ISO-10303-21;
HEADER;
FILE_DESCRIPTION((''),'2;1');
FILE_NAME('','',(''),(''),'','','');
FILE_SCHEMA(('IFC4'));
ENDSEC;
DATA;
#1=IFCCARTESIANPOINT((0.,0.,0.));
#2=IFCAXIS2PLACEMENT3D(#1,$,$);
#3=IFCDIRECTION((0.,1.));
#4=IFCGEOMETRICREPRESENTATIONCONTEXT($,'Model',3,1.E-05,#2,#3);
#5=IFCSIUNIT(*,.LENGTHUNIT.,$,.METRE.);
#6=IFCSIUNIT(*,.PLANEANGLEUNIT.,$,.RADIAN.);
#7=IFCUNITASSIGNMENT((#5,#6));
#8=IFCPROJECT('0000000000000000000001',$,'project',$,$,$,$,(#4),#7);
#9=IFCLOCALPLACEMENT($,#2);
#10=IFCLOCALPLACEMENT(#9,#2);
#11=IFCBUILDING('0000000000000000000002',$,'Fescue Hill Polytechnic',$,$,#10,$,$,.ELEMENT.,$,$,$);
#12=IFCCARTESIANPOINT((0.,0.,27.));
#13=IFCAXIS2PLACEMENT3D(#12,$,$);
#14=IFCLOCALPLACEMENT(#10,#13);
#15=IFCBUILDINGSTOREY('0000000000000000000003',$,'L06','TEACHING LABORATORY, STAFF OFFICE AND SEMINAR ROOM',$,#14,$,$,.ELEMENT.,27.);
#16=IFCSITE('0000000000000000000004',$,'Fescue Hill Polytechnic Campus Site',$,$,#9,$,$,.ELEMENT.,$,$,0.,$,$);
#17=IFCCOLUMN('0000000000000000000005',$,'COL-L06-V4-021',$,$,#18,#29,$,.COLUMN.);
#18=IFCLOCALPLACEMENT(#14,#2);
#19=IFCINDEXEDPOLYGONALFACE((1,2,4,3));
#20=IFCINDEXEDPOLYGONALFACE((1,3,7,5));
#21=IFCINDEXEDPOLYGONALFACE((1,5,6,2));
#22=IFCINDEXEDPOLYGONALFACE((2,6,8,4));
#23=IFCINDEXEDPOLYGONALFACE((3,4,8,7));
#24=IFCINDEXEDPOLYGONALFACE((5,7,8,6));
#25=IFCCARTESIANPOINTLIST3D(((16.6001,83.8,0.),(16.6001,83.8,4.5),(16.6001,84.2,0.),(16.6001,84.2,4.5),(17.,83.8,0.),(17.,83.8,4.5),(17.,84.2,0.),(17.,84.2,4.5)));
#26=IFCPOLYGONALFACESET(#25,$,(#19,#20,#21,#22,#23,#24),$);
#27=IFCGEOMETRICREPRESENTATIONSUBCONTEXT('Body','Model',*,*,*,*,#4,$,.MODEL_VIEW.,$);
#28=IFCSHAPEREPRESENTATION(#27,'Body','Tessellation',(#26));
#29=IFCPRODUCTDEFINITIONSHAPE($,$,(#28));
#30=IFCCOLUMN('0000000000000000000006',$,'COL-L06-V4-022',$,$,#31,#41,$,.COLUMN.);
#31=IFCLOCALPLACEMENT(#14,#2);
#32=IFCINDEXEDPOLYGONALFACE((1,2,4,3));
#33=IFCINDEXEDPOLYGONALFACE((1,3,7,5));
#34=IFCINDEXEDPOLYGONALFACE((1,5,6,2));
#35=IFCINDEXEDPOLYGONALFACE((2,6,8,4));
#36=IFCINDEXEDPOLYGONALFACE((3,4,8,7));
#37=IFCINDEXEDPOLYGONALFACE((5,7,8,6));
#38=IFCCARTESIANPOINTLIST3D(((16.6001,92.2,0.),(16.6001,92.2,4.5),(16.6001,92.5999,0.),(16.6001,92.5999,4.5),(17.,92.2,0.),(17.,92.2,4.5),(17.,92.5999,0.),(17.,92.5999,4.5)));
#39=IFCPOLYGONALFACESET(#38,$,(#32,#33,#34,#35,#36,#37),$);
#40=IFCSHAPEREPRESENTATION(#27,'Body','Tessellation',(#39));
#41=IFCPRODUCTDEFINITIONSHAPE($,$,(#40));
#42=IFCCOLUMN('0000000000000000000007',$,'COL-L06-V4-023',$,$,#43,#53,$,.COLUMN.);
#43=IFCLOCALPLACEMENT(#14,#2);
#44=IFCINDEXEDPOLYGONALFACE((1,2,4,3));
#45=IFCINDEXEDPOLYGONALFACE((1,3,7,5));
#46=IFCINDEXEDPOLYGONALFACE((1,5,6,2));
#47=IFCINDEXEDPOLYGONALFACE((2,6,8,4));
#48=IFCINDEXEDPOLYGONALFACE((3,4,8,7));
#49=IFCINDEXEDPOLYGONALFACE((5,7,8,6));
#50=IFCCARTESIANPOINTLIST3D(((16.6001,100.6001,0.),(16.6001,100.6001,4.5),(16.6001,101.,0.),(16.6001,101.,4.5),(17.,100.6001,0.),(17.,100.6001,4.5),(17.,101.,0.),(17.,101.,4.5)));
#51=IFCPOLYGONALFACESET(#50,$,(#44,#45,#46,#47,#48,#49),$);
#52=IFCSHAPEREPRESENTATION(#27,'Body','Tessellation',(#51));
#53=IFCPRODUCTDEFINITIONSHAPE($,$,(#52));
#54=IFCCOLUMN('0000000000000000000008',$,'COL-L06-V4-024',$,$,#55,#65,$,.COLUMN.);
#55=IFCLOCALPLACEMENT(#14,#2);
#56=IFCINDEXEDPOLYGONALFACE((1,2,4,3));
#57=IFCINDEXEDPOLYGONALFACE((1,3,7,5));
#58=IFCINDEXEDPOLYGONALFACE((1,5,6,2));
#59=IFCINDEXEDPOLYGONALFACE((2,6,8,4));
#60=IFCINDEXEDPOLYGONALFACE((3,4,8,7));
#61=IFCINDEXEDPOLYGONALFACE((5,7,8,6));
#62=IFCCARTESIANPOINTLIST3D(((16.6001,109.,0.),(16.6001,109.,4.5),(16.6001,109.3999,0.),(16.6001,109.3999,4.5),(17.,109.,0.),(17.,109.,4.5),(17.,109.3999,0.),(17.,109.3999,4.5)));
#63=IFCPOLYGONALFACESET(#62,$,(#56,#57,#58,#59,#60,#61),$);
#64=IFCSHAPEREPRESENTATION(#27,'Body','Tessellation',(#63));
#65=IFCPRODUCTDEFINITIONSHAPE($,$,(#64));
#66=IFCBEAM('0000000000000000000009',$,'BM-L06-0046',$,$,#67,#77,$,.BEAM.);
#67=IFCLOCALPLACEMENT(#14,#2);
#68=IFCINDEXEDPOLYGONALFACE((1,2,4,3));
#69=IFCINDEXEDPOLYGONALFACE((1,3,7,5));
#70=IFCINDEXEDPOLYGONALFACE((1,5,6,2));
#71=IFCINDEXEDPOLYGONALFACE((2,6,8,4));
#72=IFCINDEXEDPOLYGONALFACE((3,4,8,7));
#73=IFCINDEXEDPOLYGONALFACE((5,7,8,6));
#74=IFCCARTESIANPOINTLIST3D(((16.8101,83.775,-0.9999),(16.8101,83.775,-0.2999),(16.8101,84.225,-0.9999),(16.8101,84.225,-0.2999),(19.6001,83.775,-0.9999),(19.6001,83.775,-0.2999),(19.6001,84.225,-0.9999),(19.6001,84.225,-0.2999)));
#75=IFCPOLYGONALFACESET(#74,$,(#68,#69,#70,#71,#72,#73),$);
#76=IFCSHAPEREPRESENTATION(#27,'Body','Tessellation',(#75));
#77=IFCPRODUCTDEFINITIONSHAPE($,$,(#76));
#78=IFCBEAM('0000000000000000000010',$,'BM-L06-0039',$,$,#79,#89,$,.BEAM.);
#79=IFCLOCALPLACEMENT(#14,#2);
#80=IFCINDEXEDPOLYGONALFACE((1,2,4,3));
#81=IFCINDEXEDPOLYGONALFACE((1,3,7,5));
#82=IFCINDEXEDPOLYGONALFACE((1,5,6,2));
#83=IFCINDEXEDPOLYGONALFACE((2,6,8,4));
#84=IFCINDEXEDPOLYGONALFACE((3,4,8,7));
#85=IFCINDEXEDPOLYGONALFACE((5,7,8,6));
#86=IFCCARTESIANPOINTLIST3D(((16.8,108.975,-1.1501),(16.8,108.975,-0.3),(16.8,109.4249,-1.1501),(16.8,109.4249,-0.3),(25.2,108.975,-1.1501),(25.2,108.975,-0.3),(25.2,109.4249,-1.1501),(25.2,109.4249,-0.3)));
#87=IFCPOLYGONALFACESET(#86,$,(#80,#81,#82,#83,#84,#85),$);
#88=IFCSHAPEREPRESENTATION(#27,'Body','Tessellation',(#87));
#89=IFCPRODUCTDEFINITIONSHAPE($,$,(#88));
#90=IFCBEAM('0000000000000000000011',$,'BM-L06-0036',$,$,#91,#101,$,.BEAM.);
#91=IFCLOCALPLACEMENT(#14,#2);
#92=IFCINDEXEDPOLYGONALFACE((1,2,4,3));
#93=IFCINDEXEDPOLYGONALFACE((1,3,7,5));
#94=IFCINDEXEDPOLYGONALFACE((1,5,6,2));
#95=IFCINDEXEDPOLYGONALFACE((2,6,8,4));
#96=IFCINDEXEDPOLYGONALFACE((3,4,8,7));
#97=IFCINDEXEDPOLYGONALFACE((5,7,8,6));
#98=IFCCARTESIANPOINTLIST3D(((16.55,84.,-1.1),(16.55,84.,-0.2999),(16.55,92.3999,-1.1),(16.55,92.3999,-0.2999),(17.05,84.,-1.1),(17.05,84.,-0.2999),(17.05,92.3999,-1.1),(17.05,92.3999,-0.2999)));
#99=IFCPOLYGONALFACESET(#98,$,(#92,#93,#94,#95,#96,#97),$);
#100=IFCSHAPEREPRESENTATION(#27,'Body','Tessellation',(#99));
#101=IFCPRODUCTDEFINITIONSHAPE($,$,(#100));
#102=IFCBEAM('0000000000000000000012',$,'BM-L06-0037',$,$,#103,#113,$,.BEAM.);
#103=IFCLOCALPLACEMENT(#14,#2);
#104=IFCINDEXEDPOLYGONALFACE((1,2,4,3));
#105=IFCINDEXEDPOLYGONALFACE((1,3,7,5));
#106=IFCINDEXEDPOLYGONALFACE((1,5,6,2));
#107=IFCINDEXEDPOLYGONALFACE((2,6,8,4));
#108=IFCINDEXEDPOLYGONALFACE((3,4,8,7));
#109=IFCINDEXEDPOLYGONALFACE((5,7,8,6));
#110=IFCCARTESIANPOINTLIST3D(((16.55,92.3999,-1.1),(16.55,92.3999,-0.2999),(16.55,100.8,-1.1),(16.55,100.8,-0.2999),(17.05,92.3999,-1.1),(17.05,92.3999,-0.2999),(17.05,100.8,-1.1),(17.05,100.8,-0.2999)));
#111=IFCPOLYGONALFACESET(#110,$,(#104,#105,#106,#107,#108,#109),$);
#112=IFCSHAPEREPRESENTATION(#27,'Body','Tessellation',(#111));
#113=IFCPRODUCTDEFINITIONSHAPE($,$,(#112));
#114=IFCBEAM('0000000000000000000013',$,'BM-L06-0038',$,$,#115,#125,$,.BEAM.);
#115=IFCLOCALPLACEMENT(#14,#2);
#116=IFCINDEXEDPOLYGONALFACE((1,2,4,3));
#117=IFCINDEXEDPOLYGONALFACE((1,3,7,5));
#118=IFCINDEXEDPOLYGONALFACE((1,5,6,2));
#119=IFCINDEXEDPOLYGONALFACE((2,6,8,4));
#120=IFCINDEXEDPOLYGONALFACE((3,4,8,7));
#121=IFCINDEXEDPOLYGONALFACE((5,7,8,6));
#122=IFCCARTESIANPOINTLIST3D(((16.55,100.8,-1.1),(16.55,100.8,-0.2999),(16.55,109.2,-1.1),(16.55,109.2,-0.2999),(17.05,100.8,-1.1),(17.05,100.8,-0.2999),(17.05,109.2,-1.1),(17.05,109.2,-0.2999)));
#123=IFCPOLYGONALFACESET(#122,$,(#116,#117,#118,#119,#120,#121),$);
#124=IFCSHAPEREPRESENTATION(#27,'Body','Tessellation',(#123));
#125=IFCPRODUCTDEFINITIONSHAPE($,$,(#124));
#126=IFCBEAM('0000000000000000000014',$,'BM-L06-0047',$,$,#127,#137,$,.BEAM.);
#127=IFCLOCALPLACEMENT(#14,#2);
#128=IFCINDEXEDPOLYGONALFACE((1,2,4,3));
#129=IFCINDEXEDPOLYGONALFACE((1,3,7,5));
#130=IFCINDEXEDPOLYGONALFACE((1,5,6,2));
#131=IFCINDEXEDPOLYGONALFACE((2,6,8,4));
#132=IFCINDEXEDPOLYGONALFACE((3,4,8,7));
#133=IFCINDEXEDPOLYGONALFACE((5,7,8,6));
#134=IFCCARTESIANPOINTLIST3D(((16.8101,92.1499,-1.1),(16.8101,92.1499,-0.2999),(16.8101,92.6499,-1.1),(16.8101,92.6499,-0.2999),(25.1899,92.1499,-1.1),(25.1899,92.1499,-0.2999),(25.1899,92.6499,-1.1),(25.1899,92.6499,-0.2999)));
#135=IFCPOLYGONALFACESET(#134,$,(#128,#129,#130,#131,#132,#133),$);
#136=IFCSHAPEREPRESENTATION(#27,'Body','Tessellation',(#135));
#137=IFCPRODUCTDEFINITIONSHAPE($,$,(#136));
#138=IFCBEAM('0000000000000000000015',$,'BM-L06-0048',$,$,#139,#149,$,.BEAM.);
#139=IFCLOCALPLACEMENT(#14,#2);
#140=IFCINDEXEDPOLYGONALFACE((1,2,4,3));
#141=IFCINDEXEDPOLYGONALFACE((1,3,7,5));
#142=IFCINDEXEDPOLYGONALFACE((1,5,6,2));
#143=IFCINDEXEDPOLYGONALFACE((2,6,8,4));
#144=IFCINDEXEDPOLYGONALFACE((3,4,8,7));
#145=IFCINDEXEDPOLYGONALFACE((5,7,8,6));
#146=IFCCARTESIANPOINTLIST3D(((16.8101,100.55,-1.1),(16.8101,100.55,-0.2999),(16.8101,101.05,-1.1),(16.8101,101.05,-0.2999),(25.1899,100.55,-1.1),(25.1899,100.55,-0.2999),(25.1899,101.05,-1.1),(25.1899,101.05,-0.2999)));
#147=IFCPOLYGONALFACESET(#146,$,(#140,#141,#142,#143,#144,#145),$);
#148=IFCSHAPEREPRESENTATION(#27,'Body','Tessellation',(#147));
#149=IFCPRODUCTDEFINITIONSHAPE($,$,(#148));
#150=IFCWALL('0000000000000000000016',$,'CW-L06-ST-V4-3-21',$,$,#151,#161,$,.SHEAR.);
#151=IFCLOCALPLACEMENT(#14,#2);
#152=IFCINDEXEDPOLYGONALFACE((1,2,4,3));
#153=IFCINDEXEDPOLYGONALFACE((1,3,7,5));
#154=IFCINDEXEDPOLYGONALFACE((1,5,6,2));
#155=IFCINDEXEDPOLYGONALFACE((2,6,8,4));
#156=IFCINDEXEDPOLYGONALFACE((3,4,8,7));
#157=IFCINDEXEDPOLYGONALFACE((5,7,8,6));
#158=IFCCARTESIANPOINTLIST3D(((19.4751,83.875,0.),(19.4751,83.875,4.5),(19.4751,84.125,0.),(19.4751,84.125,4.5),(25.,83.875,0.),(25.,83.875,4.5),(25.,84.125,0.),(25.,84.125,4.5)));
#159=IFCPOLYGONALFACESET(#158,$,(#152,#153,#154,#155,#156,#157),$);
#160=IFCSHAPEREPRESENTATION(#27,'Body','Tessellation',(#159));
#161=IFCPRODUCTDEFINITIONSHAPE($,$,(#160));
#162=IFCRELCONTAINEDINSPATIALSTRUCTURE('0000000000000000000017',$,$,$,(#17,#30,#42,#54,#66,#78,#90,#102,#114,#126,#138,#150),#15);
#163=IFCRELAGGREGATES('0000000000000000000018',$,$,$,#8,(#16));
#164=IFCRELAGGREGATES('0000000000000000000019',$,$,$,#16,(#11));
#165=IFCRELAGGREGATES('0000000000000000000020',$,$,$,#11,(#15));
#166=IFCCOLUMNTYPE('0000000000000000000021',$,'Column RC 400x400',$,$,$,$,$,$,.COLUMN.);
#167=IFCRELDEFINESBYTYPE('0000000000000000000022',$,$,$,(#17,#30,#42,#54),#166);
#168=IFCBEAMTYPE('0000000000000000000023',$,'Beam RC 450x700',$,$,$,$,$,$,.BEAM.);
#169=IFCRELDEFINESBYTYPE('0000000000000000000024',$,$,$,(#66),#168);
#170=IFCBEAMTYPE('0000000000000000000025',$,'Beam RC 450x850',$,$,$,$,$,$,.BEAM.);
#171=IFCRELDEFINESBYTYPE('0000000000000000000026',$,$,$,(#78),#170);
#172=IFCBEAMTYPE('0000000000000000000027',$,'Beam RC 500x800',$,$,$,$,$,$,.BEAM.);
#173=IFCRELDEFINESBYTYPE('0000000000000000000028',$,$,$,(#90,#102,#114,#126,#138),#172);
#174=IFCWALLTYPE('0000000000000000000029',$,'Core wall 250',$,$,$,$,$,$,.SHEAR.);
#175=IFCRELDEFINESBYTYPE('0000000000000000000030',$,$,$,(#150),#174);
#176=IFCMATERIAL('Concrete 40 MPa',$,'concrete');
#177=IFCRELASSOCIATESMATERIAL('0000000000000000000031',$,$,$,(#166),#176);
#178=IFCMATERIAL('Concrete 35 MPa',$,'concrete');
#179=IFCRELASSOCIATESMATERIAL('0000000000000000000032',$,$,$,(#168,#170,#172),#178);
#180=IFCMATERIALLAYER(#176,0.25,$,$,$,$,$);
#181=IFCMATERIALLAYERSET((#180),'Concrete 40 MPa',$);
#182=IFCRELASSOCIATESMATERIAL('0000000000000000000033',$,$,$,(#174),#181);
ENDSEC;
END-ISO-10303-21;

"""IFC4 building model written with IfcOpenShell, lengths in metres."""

from ifc_helpers import new_model, si_unit, direction, frame, frame_2d, origin, origin_2d, place, context, subcontext, project, spatial, rectangle, extrude, material, layer, layer_set, material_profile, profile_set, type_object, element, save


model = new_model("IFC4")

# Units and contexts
model_context = context("Model", 3, precision=1e-05, world=origin(), true_north=direction((0.0, 1.0)))
body_context = subcontext(model_context, "Body", "Model", "MODEL_VIEW")
ifc_project = project(units=[si_unit("LENGTHUNIT", "METRE"), si_unit("PLANEANGLEUNIT", "RADIAN")], contexts=[model_context])

# Site, building, storey
site_placement = place(None, origin())
site = spatial("IfcSite", under=ifc_project, at=site_placement, Name="Fescue Hill Polytechnic Campus Site", CompositionType="ELEMENT", RefElevation=0.0)
building_placement = place(site_placement, origin())
building = spatial("IfcBuilding", under=site, at=building_placement, Name="Fescue Hill Polytechnic", CompositionType="ELEMENT")
storey_placement = place(building_placement, frame((0.0, 0.0, 27.0)))
storey = spatial("IfcBuildingStorey", under=building, at=storey_placement, Name="L06", Description="TEACHING LABORATORY, STAFF OFFICE AND SEMINAR ROOM", CompositionType="ELEMENT", Elevation=27.0)

# Columns
ifc_material_1 = material(Name="Concrete 40 MPa", Category="concrete")
ifc_material_profile_1 = material_profile(ifc_material_1, rectangle(XDim=0.3999, YDim=0.3999, at=origin_2d()), Name="RC 400x400")
ifc_profile_set_1 = profile_set([ifc_material_profile_1], Name="Concrete 40 MPa")
column_type = type_object("IfcColumnType", Name="Column RC 400x400", PredefinedType="COLUMN", material=ifc_profile_set_1)
for number, where, z_axis, x_axis, name in (
    (1, (16.8, 84.0, 0.0), (0.0, 0.0, 1.0), (1.0, 0.0, 0.0), "COL-L06-V4-021"),
    (2, (16.8, 92.3999, 0.0), (0.0, 0.0, 1.0), (1.0, 0.0, 0.0), "COL-L06-V4-022"),
    (3, (16.8, 100.8, 0.0), (0.0, 0.0, 1.0), (1.0, 0.0, 0.0), "COL-L06-V4-023"),
    (4, (16.8, 109.2, 0.0), (0.0, 0.0, 1.0), (1.0, 0.0, 0.0), "COL-L06-V4-024"),
):
    element("IfcColumn", number, at=place(storey_placement, frame(where, z_axis=z_axis, x_axis=x_axis)), inside=storey, type_object=column_type, Name=name, PredefinedType="COLUMN", context=body_context, shape_type="SweptSolid", body=[
        extrude(rectangle(XDim=0.3999, YDim=0.3999, at=origin_2d()), origin(), (0.0, 0.0, 1.0), 4.5),
    ])

# Beams
ifc_material_2 = material(Name="Concrete 35 MPa", Category="concrete")
ifc_material_profile_2 = material_profile(ifc_material_2, rectangle(XDim=0.45, YDim=0.7, at=origin_2d()), Name="RC 450x700")
ifc_profile_set_2 = profile_set([ifc_material_profile_2], Name="Concrete 35 MPa")
beam_type_1 = type_object("IfcBeamType", Name="Beam RC 450x700", PredefinedType="BEAM", material=ifc_profile_set_2)
beam_1_placement = place(storey_placement, frame((16.8101, 84.0, -0.6499), z_axis=(1.0, 0.0, 0.0), x_axis=(0.0, 1.0, 0.0)))
element("IfcBeam", 5, at=beam_1_placement, inside=storey, type_object=beam_type_1, Name="BM-L06-0046", PredefinedType="BEAM", context=body_context, shape_type="SweptSolid", body=[
    extrude(rectangle(XDim=0.45, YDim=0.7, at=origin_2d()), origin(), (0.0, 0.0, 1.0), 2.79),
])
ifc_material_profile_3 = material_profile(ifc_material_2, rectangle(XDim=0.45, YDim=0.8501, at=origin_2d()), Name="RC 450x850")
ifc_profile_set_3 = profile_set([ifc_material_profile_3], Name="Concrete 35 MPa")
beam_type_2 = type_object("IfcBeamType", Name="Beam RC 450x850", PredefinedType="BEAM", material=ifc_profile_set_3)
beam_2_placement = place(storey_placement, frame((16.8, 109.2, -0.7251), z_axis=(1.0, 0.0, 0.0), x_axis=(0.0, 1.0, 0.0)))
element("IfcBeam", 6, at=beam_2_placement, inside=storey, type_object=beam_type_2, Name="BM-L06-0039", PredefinedType="BEAM", context=body_context, shape_type="SweptSolid", body=[
    extrude(rectangle(XDim=0.45, YDim=0.8501, at=origin_2d()), origin(), (0.0, 0.0, 1.0), 8.3999),
])
ifc_material_profile_4 = material_profile(ifc_material_2, rectangle(XDim=0.5, YDim=0.8, at=origin_2d()), Name="RC 500x800")
ifc_profile_set_4 = profile_set([ifc_material_profile_4], Name="Concrete 35 MPa")
beam_type_3 = type_object("IfcBeamType", Name="Beam RC 500x800", PredefinedType="BEAM", material=ifc_profile_set_4)
beam_3_placement = place(storey_placement, frame((16.8, 84.0, -0.7), z_axis=(0.0, 1.0, 0.0), x_axis=(-1.0, 0.0, 0.0)))
element("IfcBeam", 7, at=beam_3_placement, inside=storey, type_object=beam_type_3, Name="BM-L06-0036", PredefinedType="BEAM", context=body_context, shape_type="SweptSolid", body=[
    extrude(rectangle(XDim=0.5, YDim=0.8, at=origin_2d()), origin(), (0.0, 0.0, 1.0), 8.3999),
])
beam_4_placement = place(storey_placement, frame((16.8, 92.3999, -0.7), z_axis=(0.0, 1.0, 0.0), x_axis=(-1.0, 0.0, 0.0)))
element("IfcBeam", 8, at=beam_4_placement, inside=storey, type_object=beam_type_3, Name="BM-L06-0037", PredefinedType="BEAM", context=body_context, shape_type="SweptSolid", body=[
    extrude(rectangle(XDim=0.5, YDim=0.8, at=origin_2d()), origin(), (0.0, 0.0, 1.0), 8.4001),
])
beam_5_placement = place(storey_placement, frame((16.8, 100.8, -0.7), z_axis=(0.0, 1.0, 0.0), x_axis=(-1.0, 0.0, 0.0)))
element("IfcBeam", 9, at=beam_5_placement, inside=storey, type_object=beam_type_3, Name="BM-L06-0038", PredefinedType="BEAM", context=body_context, shape_type="SweptSolid", body=[
    extrude(rectangle(XDim=0.5, YDim=0.8, at=origin_2d()), origin(), (0.0, 0.0, 1.0), 8.3999),
])
for number, where, z_axis, x_axis, name in (
    (10, (16.8101, 92.3999, -0.7), (1.0, 0.0, 0.0), (0.0, 1.0, 0.0), "BM-L06-0047"),
    (11, (16.8101, 100.8, -0.7), (1.0, 0.0, 0.0), (0.0, 1.0, 0.0), "BM-L06-0048"),
):
    element("IfcBeam", number, at=place(storey_placement, frame(where, z_axis=z_axis, x_axis=x_axis)), inside=storey, type_object=beam_type_3, Name=name, PredefinedType="BEAM", context=body_context, shape_type="SweptSolid", body=[
        extrude(rectangle(XDim=0.5, YDim=0.8, at=origin_2d()), origin(), (0.0, 0.0, 1.0), 8.3799),
    ])

# Wall
ifc_layer_1 = layer(ifc_material_1, 0.25)
ifc_layer_set_1 = layer_set([ifc_layer_1], Name="Concrete 40 MPa")
wall_type_1 = type_object("IfcWallType", Name="Core wall 250", PredefinedType="SHEAR", material=ifc_layer_set_1)
wall_1_placement = place(storey_placement, frame((19.4751, 84.0, 0.0), z_axis=(0.0, 0.0, 1.0), x_axis=(1.0, 0.0, 0.0)))
element("IfcWall", 12, at=wall_1_placement, inside=storey, type_object=wall_type_1, Name="CW-L06-ST-V4-3-21", PredefinedType="SHEAR", context=body_context, shape_type="SweptSolid", body=[
    extrude(rectangle(XDim=5.5249, YDim=0.25, at=frame_2d((2.7625, 0.0))), origin(), (0.0, 0.0, 1.0), 4.5),
])

save(model, "model.ifc")
